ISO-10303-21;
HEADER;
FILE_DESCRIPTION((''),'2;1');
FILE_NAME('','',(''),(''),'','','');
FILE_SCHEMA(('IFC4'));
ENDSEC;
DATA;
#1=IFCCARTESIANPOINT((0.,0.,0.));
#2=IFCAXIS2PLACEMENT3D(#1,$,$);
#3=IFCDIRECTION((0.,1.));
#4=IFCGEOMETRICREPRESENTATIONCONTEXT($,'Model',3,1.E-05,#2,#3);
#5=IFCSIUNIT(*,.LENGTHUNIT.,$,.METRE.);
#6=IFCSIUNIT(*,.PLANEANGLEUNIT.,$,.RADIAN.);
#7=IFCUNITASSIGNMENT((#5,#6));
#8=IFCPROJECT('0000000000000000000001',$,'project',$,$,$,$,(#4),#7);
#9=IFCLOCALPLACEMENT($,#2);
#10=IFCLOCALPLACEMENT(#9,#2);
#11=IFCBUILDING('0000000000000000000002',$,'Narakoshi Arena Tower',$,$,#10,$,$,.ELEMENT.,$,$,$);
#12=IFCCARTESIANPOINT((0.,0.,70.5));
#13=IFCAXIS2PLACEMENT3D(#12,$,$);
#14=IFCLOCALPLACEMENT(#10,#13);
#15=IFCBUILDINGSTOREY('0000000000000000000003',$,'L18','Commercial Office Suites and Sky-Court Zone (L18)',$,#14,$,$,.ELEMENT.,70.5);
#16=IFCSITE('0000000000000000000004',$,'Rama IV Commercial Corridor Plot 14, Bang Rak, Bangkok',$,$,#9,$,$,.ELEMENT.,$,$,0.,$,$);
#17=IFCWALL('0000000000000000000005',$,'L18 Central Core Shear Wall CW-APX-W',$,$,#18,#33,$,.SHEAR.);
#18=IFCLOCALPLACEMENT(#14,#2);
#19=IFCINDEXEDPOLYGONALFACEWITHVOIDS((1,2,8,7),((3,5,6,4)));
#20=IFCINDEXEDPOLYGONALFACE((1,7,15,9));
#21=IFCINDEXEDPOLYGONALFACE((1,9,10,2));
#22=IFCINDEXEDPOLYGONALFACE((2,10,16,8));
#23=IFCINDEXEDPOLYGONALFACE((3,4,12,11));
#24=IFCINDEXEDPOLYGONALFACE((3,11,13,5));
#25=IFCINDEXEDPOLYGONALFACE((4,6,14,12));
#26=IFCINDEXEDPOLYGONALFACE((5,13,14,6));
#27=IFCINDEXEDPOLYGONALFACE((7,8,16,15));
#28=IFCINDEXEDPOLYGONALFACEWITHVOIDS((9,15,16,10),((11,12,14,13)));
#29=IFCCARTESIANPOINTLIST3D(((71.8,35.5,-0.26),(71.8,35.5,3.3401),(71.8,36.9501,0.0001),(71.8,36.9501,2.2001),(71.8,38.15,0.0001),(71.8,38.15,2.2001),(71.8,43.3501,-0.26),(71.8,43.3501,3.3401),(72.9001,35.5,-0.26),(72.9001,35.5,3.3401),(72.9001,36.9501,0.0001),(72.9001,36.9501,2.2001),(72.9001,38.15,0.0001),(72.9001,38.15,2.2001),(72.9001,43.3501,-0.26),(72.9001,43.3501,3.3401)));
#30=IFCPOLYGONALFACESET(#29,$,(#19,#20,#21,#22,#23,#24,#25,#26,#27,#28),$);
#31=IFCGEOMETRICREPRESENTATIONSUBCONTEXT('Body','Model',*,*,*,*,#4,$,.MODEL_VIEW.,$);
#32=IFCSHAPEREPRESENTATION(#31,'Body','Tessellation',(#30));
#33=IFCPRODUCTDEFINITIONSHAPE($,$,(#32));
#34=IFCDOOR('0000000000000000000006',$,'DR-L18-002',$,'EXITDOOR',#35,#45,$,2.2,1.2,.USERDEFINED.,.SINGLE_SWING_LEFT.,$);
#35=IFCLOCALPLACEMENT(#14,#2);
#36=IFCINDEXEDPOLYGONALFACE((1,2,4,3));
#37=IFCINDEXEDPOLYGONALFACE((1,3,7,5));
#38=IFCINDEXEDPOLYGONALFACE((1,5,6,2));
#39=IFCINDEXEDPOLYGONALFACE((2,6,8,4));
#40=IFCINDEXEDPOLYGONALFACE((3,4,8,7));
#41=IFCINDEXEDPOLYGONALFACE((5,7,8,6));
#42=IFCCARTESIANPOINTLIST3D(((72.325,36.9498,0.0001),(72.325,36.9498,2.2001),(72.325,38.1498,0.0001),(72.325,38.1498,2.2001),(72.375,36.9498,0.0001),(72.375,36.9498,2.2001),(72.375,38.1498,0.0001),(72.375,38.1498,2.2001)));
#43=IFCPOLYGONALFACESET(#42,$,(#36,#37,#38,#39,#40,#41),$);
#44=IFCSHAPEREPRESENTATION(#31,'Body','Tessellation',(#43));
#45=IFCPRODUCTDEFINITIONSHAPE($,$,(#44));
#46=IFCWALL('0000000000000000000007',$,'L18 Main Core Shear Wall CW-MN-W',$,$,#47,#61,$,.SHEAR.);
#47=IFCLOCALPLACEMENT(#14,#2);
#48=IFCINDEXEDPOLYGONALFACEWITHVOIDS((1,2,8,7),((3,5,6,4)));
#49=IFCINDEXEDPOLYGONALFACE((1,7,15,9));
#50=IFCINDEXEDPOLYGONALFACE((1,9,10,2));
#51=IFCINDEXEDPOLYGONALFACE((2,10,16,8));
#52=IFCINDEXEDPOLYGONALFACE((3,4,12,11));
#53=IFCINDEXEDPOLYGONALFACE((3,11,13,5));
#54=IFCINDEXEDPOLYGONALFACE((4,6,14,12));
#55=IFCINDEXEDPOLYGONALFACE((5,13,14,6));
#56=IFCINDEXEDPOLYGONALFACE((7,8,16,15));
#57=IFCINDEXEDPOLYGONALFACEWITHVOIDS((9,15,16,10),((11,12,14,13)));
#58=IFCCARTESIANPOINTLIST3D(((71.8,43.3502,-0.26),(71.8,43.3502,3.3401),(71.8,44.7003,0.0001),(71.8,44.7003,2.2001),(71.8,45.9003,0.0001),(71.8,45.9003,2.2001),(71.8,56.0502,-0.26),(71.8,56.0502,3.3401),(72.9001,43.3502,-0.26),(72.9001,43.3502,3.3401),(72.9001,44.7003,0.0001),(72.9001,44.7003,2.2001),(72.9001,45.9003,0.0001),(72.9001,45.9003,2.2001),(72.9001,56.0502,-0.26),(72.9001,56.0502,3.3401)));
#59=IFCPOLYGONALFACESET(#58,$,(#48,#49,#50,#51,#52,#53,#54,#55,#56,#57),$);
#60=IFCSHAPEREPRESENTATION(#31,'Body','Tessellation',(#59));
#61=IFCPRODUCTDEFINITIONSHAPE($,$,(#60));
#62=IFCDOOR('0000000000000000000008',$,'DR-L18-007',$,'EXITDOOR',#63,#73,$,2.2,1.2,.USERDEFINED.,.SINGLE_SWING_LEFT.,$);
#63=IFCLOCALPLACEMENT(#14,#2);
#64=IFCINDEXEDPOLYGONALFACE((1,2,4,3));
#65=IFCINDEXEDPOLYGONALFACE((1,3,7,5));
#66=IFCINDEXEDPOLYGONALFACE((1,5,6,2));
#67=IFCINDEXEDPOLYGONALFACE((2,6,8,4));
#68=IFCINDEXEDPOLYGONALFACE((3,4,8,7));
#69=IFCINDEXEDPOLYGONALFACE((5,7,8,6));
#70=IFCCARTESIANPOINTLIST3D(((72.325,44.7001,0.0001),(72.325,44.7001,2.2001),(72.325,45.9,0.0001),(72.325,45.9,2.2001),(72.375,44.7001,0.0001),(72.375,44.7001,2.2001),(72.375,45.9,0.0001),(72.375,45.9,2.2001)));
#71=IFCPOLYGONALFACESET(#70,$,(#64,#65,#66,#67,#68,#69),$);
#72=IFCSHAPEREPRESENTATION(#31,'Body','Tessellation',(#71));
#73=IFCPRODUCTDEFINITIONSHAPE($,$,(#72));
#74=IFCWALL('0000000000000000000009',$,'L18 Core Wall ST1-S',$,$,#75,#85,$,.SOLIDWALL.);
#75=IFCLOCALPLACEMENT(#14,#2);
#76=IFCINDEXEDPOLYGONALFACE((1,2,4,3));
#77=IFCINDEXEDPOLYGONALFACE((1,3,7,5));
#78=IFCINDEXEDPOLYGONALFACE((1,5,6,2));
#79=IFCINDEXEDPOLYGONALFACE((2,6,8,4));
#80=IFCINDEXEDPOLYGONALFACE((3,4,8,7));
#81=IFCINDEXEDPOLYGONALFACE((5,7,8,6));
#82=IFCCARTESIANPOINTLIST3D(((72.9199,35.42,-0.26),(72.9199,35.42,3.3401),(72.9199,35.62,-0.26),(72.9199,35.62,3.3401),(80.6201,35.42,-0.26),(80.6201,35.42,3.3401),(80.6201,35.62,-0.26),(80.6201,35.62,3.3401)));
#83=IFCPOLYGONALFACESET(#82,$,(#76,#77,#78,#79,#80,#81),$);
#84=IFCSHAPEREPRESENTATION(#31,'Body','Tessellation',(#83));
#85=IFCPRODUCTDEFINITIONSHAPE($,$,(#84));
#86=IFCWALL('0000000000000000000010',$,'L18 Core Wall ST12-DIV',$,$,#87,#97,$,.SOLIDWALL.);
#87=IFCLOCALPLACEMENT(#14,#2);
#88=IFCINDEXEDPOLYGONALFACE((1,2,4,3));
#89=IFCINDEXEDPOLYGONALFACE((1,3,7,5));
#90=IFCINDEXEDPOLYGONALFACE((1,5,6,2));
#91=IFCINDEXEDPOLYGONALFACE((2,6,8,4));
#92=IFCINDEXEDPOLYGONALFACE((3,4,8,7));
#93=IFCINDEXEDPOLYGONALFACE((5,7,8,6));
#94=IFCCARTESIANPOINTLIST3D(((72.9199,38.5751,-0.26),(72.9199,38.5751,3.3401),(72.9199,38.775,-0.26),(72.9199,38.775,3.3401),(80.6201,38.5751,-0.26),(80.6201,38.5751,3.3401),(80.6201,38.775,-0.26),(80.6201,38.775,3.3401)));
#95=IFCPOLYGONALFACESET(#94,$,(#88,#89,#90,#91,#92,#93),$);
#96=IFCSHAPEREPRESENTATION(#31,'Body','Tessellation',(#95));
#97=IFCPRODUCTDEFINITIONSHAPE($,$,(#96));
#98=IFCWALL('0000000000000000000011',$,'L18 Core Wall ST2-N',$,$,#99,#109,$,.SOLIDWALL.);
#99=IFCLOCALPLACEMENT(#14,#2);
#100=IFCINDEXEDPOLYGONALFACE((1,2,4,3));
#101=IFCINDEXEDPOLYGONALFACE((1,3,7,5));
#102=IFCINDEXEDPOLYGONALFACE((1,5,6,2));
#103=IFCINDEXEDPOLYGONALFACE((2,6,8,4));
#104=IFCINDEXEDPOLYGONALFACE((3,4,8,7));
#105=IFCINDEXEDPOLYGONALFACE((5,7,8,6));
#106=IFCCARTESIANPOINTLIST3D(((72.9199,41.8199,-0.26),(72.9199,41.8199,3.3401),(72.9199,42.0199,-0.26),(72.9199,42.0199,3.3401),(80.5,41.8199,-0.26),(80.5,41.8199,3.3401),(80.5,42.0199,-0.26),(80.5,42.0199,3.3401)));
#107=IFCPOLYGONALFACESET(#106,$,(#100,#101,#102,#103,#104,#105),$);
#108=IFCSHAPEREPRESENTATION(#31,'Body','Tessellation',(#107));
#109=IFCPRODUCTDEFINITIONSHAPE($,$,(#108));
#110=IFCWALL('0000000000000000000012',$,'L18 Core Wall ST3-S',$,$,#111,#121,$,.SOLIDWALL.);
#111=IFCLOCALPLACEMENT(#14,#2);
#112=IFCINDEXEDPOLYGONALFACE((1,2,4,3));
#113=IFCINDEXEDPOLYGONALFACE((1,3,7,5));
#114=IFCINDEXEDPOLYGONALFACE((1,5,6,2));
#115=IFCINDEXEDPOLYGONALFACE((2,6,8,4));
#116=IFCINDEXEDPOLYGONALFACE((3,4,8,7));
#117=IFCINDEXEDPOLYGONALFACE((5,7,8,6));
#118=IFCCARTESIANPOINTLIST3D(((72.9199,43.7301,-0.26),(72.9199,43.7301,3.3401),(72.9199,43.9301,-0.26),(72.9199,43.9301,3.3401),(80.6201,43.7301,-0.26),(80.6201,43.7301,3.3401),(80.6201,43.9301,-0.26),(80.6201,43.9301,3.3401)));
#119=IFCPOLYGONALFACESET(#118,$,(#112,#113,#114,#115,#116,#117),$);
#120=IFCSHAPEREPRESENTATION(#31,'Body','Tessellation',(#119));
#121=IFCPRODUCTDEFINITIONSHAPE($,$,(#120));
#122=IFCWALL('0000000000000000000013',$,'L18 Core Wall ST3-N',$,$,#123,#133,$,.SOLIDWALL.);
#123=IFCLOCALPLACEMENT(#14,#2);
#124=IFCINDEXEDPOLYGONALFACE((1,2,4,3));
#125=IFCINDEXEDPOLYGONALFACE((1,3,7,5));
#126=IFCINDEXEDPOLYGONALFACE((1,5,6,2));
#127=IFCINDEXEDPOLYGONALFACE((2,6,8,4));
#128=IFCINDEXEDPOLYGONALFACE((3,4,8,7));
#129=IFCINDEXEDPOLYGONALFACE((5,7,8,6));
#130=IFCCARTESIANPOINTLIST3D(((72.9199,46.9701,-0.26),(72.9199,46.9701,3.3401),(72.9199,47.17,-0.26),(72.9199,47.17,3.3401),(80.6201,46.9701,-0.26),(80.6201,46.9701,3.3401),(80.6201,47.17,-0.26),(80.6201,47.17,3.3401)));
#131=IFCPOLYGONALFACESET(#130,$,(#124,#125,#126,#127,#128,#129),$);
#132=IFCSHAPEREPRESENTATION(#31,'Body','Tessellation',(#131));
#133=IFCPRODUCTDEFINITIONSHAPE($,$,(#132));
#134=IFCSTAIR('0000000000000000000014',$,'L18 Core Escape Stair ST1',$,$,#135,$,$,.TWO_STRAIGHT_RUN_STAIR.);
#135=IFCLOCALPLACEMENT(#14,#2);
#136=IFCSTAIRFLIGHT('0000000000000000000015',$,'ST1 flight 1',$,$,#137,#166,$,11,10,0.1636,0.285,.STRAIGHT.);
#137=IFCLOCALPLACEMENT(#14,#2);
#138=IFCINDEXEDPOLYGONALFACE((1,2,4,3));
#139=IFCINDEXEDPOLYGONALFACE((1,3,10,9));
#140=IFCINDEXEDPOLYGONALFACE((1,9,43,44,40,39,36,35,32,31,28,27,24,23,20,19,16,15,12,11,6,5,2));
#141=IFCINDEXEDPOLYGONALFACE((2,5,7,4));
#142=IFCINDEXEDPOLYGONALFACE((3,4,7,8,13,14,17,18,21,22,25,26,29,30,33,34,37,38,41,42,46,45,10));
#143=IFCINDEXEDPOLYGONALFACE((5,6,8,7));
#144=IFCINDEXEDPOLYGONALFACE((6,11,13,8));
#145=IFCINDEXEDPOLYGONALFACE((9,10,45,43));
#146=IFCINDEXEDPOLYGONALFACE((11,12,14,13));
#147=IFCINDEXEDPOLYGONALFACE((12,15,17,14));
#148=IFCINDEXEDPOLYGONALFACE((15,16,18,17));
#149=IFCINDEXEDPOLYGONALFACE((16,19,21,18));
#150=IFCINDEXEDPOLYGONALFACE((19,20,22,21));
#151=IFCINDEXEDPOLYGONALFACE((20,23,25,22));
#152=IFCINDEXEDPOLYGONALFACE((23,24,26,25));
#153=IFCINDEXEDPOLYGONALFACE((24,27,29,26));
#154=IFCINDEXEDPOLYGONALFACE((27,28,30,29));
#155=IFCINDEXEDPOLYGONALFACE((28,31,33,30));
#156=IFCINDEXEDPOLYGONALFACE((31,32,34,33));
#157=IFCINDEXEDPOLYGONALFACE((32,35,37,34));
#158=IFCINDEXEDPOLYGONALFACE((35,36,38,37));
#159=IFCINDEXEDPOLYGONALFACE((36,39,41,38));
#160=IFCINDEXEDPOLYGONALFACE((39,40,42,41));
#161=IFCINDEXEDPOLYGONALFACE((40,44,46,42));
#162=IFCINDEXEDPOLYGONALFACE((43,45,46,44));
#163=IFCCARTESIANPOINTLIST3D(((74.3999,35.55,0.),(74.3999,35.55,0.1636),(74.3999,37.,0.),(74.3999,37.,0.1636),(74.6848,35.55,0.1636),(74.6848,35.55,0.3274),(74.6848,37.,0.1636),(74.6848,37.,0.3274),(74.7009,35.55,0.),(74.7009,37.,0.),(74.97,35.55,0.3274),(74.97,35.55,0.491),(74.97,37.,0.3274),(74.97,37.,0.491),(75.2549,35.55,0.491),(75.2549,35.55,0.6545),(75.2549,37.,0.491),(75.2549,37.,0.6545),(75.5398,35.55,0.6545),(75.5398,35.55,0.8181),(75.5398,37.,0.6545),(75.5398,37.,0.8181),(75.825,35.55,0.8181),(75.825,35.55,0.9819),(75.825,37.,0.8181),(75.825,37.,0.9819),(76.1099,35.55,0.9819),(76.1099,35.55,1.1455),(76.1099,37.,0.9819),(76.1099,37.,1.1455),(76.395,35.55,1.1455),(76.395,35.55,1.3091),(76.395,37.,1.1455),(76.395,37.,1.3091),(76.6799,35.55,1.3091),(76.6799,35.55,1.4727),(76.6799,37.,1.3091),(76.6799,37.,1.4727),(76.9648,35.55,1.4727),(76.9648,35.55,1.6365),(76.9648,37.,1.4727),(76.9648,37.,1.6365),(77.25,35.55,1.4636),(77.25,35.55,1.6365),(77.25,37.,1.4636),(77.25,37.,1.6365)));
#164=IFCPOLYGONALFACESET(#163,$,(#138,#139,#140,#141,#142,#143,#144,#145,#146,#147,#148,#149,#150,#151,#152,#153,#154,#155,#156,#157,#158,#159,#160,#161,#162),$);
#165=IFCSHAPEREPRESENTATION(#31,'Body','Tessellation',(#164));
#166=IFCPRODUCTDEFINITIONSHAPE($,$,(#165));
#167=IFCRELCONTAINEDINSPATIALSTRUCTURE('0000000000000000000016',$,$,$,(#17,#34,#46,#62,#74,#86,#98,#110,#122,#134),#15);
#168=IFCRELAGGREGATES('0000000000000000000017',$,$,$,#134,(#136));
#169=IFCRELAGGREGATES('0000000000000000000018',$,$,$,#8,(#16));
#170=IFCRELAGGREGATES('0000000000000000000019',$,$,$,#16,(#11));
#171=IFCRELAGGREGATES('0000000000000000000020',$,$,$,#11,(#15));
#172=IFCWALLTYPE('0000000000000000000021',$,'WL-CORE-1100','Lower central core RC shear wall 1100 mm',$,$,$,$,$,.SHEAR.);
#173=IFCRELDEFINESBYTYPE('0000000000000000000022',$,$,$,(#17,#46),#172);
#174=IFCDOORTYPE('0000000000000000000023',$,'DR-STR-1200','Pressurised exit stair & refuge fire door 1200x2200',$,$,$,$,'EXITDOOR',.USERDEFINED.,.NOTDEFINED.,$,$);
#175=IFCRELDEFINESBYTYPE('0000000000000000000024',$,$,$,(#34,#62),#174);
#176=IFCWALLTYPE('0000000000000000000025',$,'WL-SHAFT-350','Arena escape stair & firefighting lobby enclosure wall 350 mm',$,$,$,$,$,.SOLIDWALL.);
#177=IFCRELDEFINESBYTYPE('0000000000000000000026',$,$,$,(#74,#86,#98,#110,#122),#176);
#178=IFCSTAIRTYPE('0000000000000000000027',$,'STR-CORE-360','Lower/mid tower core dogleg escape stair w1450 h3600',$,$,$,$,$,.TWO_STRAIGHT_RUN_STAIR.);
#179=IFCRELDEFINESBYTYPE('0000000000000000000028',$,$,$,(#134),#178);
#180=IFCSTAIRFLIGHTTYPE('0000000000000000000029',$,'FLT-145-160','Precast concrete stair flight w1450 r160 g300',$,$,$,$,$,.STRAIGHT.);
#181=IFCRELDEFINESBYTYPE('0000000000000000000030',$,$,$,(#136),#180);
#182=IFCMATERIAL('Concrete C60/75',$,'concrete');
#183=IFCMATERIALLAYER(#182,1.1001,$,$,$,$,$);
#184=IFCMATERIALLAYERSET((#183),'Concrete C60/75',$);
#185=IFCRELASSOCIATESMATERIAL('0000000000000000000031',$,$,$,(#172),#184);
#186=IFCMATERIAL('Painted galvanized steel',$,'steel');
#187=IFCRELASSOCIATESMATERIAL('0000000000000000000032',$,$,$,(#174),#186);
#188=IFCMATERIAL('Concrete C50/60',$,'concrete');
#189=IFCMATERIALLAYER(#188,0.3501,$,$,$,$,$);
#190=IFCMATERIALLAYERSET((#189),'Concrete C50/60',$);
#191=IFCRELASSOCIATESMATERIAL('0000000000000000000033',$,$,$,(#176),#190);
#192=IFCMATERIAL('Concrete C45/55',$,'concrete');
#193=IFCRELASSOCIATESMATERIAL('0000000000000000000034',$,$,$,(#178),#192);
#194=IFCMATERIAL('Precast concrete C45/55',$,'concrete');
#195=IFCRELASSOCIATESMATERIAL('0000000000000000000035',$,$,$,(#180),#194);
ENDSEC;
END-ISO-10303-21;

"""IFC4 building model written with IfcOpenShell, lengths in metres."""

from ifc_helpers import new_model, si_unit, direction, frame, frame_2d, origin, place, context, subcontext, project, spatial, polyline, rectangle, outline, extrude, material, layer, layer_set, type_object, element, fill, aggregate, save


model = new_model("IFC4")

# Units and contexts
model_context = context("Model", 3, precision=1e-05, world=origin(), true_north=direction((0.0, 1.0)))
body_context = subcontext(model_context, "Body", "Model", "MODEL_VIEW")
ifc_project = project(units=[si_unit("LENGTHUNIT", "METRE"), si_unit("PLANEANGLEUNIT", "RADIAN")], contexts=[model_context])

# Site, building, storey
site_placement = place(None, origin())
site = spatial("IfcSite", under=ifc_project, at=site_placement, Name="Rama IV Commercial Corridor Plot 14, Bang Rak, Bangkok", CompositionType="ELEMENT", RefElevation=0.0)
building_placement = place(site_placement, origin())
building = spatial("IfcBuilding", under=site, at=building_placement, Name="Narakoshi Arena Tower", CompositionType="ELEMENT")
storey_placement = place(building_placement, frame((0.0, 0.0, 70.5)))
storey = spatial("IfcBuildingStorey", under=building, at=storey_placement, Name="L18", Description="Commercial Office Suites and Sky-Court Zone (L18)", CompositionType="ELEMENT", Elevation=70.5)

# Walls, openings, doors
ifc_material_1 = material(Name="Concrete C60/75", Category="concrete")
ifc_layer_1 = layer(ifc_material_1, 1.1001)
ifc_layer_set_1 = layer_set([ifc_layer_1], Name="Concrete C60/75")
wall_type_1 = type_object("IfcWallType", Name="WL-CORE-1100", Description="Lower central core RC shear wall 1100 mm", PredefinedType="SHEAR", material=ifc_layer_set_1)
wall_1_placement = place(storey_placement, frame((72.3501, 35.5, -0.26), z_axis=(0.0, 0.0, 1.0), x_axis=(0.0, 1.0, 0.0)))
wall_1 = element("IfcWall", 1, at=wall_1_placement, inside=storey, type_object=wall_type_1, Name="L18 Central Core Shear Wall CW-APX-W", PredefinedType="SHEAR", context=body_context, shape_type="SweptSolid", body=[
    extrude(rectangle(XDim=7.8501, YDim=1.1001, at=frame_2d((3.925, 0.0))), origin(), (0.0, 0.0, 1.0), 3.6001),
])
opening_1_placement = place(wall_1_placement, frame((1.45, 0.0, 0.26)))
opening_1 = element("IfcOpeningElement", 2, at=opening_1_placement, cuts=wall_1, PredefinedType="OPENING", context=body_context, shape_type="SweptSolid", body=[
    extrude(rectangle(XDim=1.2, YDim=2.2, at=frame_2d((0.6001, 1.1001))), frame((0.0, 0.5601, 0.0), z_axis=(0.0, -1.0, 0.0), x_axis=(1.0, 0.0, 0.0)), (0.0, 0.0, 1.0), 1.1201),
])
ifc_material_2 = material(Name="Painted galvanized steel", Category="steel")
door_type = type_object("IfcDoorType", Name="DR-STR-1200", Description="Pressurised exit stair & refuge fire door 1200x2200", ElementType="EXITDOOR", OperationType="NOTDEFINED", PredefinedType="USERDEFINED", material=ifc_material_2)
door_1_placement = place(opening_1_placement, frame((1.2, 0.0, 0.0), z_axis=(0.0, 0.0, 1.0), x_axis=(-1.0, 0.0, 0.0)))
door_1 = element("IfcDoor", 3, at=door_1_placement, inside=storey, type_object=door_type, Name="DR-L18-002", ObjectType="EXITDOOR", OperationType="SINGLE_SWING_LEFT", OverallHeight=2.2, OverallWidth=1.2, PredefinedType="USERDEFINED", context=body_context, shape_type="SweptSolid", body=[
    extrude(rectangle(XDim=1.2, YDim=2.2, at=frame_2d((0.6001, 1.1001))), frame((0.0, 0.0249, 0.0), z_axis=(0.0, -1.0, 0.0), x_axis=(1.0, 0.0, 0.0)), (0.0, 0.0, 1.0), 0.05),
])
fill(opening_1, door_1)
wall_2_placement = place(storey_placement, frame((72.3501, 43.3501, -0.26), z_axis=(0.0, 0.0, 1.0), x_axis=(0.0, 1.0, 0.0)))
wall_2 = element("IfcWall", 4, at=wall_2_placement, inside=storey, type_object=wall_type_1, Name="L18 Main Core Shear Wall CW-MN-W", PredefinedType="SHEAR", context=body_context, shape_type="SweptSolid", body=[
    extrude(rectangle(XDim=12.7, YDim=1.1001, at=frame_2d((6.3501, 0.0))), origin(), (0.0, 0.0, 1.0), 3.6001),
])
opening_2_placement = place(wall_2_placement, frame((1.3501, 0.0, 0.26)))
opening_2 = element("IfcOpeningElement", 5, at=opening_2_placement, cuts=wall_2, PredefinedType="OPENING", context=body_context, shape_type="SweptSolid", body=[
    extrude(rectangle(XDim=1.2, YDim=2.2, at=frame_2d((0.6001, 1.1001))), frame((0.0, 0.5601, 0.0), z_axis=(0.0, -1.0, 0.0), x_axis=(1.0, 0.0, 0.0)), (0.0, 0.0, 1.0), 1.1201),
])
door_2_placement = place(opening_2_placement, frame((1.2, 0.0, 0.0), z_axis=(0.0, 0.0, 1.0), x_axis=(-1.0, 0.0, 0.0)))
door_2 = element("IfcDoor", 6, at=door_2_placement, inside=storey, type_object=door_type, Name="DR-L18-007", ObjectType="EXITDOOR", OperationType="SINGLE_SWING_LEFT", OverallHeight=2.2, OverallWidth=1.2, PredefinedType="USERDEFINED", context=body_context, shape_type="SweptSolid", body=[
    extrude(rectangle(XDim=1.2, YDim=2.2, at=frame_2d((0.6001, 1.1001))), frame((0.0, 0.0249, 0.0), z_axis=(0.0, -1.0, 0.0), x_axis=(1.0, 0.0, 0.0)), (0.0, 0.0, 1.0), 0.05),
])
fill(opening_2, door_2)

# Walls
ifc_material_3 = material(Name="Concrete C50/60", Category="concrete")
ifc_layer_2 = layer(ifc_material_3, 0.3501)
ifc_layer_set_2 = layer_set([ifc_layer_2], Name="Concrete C50/60")
wall_type_2 = type_object("IfcWallType", Name="WL-SHAFT-350", Description="Arena escape stair & firefighting lobby enclosure wall 350 mm", PredefinedType="SOLIDWALL", material=ifc_layer_set_2)
for number, where, z_axis, x_axis, name in (
    (7, (72.9199, 35.52, -0.26), (0.0, 0.0, 1.0), (1.0, 0.0, 0.0), "L18 Core Wall ST1-S"),
    (8, (72.9199, 38.675, -0.26), (0.0, 0.0, 1.0), (1.0, 0.0, 0.0), "L18 Core Wall ST12-DIV"),
):
    element("IfcWall", number, at=place(storey_placement, frame(where, z_axis=z_axis, x_axis=x_axis)), inside=storey, type_object=wall_type_2, Name=name, PredefinedType="SOLIDWALL", context=body_context, shape_type="SweptSolid", body=[
        extrude(rectangle(XDim=7.7002, YDim=0.2, at=frame_2d((3.8501, 0.0))), origin(), (0.0, 0.0, 1.0), 3.6001),
    ])
wall_3_placement = place(storey_placement, frame((72.9199, 41.9199, -0.26), z_axis=(0.0, 0.0, 1.0), x_axis=(1.0, 0.0, 0.0)))
element("IfcWall", 9, at=wall_3_placement, inside=storey, type_object=wall_type_2, Name="L18 Core Wall ST2-N", PredefinedType="SOLIDWALL", context=body_context, shape_type="SweptSolid", body=[
    extrude(rectangle(XDim=7.5801, YDim=0.2, at=frame_2d((3.79, 0.0))), origin(), (0.0, 0.0, 1.0), 3.6001),
])
for number, where, z_axis, x_axis, name in (
    (10, (72.9199, 43.8301, -0.26), (0.0, 0.0, 1.0), (1.0, 0.0, 0.0), "L18 Core Wall ST3-S"),
    (11, (72.9199, 47.0701, -0.26), (0.0, 0.0, 1.0), (1.0, 0.0, 0.0), "L18 Core Wall ST3-N"),
):
    element("IfcWall", number, at=place(storey_placement, frame(where, z_axis=z_axis, x_axis=x_axis)), inside=storey, type_object=wall_type_2, Name=name, PredefinedType="SOLIDWALL", context=body_context, shape_type="SweptSolid", body=[
        extrude(rectangle(XDim=7.7002, YDim=0.2, at=frame_2d((3.8501, 0.0))), origin(), (0.0, 0.0, 1.0), 3.6001),
    ])

# Stair, stair flight
ifc_material_4 = material(Name="Concrete C45/55", Category="concrete")
stair_type = type_object("IfcStairType", Name="STR-CORE-360", Description="Lower/mid tower core dogleg escape stair w1450 h3600", PredefinedType="TWO_STRAIGHT_RUN_STAIR", material=ifc_material_4)
stair_1_placement = place(storey_placement, origin())
stair_1 = element("IfcStair", 12, at=stair_1_placement, inside=storey, type_object=stair_type, Name="L18 Core Escape Stair ST1", PredefinedType="TWO_STRAIGHT_RUN_STAIR")
ifc_material_5 = material(Name="Precast concrete C45/55", Category="concrete")
stair_flight_type = type_object("IfcStairFlightType", Name="FLT-145-160", Description="Precast concrete stair flight w1450 r160 g300", PredefinedType="STRAIGHT", material=ifc_material_5)
stair_flight_1_placement = place(storey_placement, frame((74.3999, 36.2749, 0.0), z_axis=(0.0, 0.0, 1.0), x_axis=(1.0, 0.0, 0.0)))
stair_flight_1 = element("IfcStairFlight", 13, at=stair_flight_1_placement, type_object=stair_flight_type, Name="ST1 flight 1", NumberOfRisers=11, NumberOfTreads=10, PredefinedType="STRAIGHT", RiserHeight=0.1636, TreadLength=0.285, context=body_context, shape_type="SweptSolid", body=[
    extrude(outline(polyline([(0.0, 0.0), (0.0, 0.1636), (0.2849, 0.1636), (0.2849, 0.3274), (0.5701, 0.3274), (0.5701, 0.491), (0.855, 0.491), (0.855, 0.6545), (1.1399, 0.6545), (1.1399, 0.8181), (1.425, 0.8181), (1.425, 0.9819), (1.71, 0.9819), (1.71, 1.1455), (1.9951, 1.1455), (1.9951, 1.3091), (2.28, 1.3091), (2.28, 1.4727), (2.5649, 1.4727), (2.5649, 1.6365), (2.8501, 1.6365), (2.8501, 1.8), (2.8501, 1.4636), (0.301, 0.0), (0.0, 0.0)])), frame((0.0, 0.7251, 0.0), z_axis=(0.0, -1.0, 0.0), x_axis=(1.0, 0.0, 0.0)), (0.0, 0.0, 1.0), 1.45),
])
aggregate(stair_1, [stair_flight_1])

save(model, "model.ifc")
